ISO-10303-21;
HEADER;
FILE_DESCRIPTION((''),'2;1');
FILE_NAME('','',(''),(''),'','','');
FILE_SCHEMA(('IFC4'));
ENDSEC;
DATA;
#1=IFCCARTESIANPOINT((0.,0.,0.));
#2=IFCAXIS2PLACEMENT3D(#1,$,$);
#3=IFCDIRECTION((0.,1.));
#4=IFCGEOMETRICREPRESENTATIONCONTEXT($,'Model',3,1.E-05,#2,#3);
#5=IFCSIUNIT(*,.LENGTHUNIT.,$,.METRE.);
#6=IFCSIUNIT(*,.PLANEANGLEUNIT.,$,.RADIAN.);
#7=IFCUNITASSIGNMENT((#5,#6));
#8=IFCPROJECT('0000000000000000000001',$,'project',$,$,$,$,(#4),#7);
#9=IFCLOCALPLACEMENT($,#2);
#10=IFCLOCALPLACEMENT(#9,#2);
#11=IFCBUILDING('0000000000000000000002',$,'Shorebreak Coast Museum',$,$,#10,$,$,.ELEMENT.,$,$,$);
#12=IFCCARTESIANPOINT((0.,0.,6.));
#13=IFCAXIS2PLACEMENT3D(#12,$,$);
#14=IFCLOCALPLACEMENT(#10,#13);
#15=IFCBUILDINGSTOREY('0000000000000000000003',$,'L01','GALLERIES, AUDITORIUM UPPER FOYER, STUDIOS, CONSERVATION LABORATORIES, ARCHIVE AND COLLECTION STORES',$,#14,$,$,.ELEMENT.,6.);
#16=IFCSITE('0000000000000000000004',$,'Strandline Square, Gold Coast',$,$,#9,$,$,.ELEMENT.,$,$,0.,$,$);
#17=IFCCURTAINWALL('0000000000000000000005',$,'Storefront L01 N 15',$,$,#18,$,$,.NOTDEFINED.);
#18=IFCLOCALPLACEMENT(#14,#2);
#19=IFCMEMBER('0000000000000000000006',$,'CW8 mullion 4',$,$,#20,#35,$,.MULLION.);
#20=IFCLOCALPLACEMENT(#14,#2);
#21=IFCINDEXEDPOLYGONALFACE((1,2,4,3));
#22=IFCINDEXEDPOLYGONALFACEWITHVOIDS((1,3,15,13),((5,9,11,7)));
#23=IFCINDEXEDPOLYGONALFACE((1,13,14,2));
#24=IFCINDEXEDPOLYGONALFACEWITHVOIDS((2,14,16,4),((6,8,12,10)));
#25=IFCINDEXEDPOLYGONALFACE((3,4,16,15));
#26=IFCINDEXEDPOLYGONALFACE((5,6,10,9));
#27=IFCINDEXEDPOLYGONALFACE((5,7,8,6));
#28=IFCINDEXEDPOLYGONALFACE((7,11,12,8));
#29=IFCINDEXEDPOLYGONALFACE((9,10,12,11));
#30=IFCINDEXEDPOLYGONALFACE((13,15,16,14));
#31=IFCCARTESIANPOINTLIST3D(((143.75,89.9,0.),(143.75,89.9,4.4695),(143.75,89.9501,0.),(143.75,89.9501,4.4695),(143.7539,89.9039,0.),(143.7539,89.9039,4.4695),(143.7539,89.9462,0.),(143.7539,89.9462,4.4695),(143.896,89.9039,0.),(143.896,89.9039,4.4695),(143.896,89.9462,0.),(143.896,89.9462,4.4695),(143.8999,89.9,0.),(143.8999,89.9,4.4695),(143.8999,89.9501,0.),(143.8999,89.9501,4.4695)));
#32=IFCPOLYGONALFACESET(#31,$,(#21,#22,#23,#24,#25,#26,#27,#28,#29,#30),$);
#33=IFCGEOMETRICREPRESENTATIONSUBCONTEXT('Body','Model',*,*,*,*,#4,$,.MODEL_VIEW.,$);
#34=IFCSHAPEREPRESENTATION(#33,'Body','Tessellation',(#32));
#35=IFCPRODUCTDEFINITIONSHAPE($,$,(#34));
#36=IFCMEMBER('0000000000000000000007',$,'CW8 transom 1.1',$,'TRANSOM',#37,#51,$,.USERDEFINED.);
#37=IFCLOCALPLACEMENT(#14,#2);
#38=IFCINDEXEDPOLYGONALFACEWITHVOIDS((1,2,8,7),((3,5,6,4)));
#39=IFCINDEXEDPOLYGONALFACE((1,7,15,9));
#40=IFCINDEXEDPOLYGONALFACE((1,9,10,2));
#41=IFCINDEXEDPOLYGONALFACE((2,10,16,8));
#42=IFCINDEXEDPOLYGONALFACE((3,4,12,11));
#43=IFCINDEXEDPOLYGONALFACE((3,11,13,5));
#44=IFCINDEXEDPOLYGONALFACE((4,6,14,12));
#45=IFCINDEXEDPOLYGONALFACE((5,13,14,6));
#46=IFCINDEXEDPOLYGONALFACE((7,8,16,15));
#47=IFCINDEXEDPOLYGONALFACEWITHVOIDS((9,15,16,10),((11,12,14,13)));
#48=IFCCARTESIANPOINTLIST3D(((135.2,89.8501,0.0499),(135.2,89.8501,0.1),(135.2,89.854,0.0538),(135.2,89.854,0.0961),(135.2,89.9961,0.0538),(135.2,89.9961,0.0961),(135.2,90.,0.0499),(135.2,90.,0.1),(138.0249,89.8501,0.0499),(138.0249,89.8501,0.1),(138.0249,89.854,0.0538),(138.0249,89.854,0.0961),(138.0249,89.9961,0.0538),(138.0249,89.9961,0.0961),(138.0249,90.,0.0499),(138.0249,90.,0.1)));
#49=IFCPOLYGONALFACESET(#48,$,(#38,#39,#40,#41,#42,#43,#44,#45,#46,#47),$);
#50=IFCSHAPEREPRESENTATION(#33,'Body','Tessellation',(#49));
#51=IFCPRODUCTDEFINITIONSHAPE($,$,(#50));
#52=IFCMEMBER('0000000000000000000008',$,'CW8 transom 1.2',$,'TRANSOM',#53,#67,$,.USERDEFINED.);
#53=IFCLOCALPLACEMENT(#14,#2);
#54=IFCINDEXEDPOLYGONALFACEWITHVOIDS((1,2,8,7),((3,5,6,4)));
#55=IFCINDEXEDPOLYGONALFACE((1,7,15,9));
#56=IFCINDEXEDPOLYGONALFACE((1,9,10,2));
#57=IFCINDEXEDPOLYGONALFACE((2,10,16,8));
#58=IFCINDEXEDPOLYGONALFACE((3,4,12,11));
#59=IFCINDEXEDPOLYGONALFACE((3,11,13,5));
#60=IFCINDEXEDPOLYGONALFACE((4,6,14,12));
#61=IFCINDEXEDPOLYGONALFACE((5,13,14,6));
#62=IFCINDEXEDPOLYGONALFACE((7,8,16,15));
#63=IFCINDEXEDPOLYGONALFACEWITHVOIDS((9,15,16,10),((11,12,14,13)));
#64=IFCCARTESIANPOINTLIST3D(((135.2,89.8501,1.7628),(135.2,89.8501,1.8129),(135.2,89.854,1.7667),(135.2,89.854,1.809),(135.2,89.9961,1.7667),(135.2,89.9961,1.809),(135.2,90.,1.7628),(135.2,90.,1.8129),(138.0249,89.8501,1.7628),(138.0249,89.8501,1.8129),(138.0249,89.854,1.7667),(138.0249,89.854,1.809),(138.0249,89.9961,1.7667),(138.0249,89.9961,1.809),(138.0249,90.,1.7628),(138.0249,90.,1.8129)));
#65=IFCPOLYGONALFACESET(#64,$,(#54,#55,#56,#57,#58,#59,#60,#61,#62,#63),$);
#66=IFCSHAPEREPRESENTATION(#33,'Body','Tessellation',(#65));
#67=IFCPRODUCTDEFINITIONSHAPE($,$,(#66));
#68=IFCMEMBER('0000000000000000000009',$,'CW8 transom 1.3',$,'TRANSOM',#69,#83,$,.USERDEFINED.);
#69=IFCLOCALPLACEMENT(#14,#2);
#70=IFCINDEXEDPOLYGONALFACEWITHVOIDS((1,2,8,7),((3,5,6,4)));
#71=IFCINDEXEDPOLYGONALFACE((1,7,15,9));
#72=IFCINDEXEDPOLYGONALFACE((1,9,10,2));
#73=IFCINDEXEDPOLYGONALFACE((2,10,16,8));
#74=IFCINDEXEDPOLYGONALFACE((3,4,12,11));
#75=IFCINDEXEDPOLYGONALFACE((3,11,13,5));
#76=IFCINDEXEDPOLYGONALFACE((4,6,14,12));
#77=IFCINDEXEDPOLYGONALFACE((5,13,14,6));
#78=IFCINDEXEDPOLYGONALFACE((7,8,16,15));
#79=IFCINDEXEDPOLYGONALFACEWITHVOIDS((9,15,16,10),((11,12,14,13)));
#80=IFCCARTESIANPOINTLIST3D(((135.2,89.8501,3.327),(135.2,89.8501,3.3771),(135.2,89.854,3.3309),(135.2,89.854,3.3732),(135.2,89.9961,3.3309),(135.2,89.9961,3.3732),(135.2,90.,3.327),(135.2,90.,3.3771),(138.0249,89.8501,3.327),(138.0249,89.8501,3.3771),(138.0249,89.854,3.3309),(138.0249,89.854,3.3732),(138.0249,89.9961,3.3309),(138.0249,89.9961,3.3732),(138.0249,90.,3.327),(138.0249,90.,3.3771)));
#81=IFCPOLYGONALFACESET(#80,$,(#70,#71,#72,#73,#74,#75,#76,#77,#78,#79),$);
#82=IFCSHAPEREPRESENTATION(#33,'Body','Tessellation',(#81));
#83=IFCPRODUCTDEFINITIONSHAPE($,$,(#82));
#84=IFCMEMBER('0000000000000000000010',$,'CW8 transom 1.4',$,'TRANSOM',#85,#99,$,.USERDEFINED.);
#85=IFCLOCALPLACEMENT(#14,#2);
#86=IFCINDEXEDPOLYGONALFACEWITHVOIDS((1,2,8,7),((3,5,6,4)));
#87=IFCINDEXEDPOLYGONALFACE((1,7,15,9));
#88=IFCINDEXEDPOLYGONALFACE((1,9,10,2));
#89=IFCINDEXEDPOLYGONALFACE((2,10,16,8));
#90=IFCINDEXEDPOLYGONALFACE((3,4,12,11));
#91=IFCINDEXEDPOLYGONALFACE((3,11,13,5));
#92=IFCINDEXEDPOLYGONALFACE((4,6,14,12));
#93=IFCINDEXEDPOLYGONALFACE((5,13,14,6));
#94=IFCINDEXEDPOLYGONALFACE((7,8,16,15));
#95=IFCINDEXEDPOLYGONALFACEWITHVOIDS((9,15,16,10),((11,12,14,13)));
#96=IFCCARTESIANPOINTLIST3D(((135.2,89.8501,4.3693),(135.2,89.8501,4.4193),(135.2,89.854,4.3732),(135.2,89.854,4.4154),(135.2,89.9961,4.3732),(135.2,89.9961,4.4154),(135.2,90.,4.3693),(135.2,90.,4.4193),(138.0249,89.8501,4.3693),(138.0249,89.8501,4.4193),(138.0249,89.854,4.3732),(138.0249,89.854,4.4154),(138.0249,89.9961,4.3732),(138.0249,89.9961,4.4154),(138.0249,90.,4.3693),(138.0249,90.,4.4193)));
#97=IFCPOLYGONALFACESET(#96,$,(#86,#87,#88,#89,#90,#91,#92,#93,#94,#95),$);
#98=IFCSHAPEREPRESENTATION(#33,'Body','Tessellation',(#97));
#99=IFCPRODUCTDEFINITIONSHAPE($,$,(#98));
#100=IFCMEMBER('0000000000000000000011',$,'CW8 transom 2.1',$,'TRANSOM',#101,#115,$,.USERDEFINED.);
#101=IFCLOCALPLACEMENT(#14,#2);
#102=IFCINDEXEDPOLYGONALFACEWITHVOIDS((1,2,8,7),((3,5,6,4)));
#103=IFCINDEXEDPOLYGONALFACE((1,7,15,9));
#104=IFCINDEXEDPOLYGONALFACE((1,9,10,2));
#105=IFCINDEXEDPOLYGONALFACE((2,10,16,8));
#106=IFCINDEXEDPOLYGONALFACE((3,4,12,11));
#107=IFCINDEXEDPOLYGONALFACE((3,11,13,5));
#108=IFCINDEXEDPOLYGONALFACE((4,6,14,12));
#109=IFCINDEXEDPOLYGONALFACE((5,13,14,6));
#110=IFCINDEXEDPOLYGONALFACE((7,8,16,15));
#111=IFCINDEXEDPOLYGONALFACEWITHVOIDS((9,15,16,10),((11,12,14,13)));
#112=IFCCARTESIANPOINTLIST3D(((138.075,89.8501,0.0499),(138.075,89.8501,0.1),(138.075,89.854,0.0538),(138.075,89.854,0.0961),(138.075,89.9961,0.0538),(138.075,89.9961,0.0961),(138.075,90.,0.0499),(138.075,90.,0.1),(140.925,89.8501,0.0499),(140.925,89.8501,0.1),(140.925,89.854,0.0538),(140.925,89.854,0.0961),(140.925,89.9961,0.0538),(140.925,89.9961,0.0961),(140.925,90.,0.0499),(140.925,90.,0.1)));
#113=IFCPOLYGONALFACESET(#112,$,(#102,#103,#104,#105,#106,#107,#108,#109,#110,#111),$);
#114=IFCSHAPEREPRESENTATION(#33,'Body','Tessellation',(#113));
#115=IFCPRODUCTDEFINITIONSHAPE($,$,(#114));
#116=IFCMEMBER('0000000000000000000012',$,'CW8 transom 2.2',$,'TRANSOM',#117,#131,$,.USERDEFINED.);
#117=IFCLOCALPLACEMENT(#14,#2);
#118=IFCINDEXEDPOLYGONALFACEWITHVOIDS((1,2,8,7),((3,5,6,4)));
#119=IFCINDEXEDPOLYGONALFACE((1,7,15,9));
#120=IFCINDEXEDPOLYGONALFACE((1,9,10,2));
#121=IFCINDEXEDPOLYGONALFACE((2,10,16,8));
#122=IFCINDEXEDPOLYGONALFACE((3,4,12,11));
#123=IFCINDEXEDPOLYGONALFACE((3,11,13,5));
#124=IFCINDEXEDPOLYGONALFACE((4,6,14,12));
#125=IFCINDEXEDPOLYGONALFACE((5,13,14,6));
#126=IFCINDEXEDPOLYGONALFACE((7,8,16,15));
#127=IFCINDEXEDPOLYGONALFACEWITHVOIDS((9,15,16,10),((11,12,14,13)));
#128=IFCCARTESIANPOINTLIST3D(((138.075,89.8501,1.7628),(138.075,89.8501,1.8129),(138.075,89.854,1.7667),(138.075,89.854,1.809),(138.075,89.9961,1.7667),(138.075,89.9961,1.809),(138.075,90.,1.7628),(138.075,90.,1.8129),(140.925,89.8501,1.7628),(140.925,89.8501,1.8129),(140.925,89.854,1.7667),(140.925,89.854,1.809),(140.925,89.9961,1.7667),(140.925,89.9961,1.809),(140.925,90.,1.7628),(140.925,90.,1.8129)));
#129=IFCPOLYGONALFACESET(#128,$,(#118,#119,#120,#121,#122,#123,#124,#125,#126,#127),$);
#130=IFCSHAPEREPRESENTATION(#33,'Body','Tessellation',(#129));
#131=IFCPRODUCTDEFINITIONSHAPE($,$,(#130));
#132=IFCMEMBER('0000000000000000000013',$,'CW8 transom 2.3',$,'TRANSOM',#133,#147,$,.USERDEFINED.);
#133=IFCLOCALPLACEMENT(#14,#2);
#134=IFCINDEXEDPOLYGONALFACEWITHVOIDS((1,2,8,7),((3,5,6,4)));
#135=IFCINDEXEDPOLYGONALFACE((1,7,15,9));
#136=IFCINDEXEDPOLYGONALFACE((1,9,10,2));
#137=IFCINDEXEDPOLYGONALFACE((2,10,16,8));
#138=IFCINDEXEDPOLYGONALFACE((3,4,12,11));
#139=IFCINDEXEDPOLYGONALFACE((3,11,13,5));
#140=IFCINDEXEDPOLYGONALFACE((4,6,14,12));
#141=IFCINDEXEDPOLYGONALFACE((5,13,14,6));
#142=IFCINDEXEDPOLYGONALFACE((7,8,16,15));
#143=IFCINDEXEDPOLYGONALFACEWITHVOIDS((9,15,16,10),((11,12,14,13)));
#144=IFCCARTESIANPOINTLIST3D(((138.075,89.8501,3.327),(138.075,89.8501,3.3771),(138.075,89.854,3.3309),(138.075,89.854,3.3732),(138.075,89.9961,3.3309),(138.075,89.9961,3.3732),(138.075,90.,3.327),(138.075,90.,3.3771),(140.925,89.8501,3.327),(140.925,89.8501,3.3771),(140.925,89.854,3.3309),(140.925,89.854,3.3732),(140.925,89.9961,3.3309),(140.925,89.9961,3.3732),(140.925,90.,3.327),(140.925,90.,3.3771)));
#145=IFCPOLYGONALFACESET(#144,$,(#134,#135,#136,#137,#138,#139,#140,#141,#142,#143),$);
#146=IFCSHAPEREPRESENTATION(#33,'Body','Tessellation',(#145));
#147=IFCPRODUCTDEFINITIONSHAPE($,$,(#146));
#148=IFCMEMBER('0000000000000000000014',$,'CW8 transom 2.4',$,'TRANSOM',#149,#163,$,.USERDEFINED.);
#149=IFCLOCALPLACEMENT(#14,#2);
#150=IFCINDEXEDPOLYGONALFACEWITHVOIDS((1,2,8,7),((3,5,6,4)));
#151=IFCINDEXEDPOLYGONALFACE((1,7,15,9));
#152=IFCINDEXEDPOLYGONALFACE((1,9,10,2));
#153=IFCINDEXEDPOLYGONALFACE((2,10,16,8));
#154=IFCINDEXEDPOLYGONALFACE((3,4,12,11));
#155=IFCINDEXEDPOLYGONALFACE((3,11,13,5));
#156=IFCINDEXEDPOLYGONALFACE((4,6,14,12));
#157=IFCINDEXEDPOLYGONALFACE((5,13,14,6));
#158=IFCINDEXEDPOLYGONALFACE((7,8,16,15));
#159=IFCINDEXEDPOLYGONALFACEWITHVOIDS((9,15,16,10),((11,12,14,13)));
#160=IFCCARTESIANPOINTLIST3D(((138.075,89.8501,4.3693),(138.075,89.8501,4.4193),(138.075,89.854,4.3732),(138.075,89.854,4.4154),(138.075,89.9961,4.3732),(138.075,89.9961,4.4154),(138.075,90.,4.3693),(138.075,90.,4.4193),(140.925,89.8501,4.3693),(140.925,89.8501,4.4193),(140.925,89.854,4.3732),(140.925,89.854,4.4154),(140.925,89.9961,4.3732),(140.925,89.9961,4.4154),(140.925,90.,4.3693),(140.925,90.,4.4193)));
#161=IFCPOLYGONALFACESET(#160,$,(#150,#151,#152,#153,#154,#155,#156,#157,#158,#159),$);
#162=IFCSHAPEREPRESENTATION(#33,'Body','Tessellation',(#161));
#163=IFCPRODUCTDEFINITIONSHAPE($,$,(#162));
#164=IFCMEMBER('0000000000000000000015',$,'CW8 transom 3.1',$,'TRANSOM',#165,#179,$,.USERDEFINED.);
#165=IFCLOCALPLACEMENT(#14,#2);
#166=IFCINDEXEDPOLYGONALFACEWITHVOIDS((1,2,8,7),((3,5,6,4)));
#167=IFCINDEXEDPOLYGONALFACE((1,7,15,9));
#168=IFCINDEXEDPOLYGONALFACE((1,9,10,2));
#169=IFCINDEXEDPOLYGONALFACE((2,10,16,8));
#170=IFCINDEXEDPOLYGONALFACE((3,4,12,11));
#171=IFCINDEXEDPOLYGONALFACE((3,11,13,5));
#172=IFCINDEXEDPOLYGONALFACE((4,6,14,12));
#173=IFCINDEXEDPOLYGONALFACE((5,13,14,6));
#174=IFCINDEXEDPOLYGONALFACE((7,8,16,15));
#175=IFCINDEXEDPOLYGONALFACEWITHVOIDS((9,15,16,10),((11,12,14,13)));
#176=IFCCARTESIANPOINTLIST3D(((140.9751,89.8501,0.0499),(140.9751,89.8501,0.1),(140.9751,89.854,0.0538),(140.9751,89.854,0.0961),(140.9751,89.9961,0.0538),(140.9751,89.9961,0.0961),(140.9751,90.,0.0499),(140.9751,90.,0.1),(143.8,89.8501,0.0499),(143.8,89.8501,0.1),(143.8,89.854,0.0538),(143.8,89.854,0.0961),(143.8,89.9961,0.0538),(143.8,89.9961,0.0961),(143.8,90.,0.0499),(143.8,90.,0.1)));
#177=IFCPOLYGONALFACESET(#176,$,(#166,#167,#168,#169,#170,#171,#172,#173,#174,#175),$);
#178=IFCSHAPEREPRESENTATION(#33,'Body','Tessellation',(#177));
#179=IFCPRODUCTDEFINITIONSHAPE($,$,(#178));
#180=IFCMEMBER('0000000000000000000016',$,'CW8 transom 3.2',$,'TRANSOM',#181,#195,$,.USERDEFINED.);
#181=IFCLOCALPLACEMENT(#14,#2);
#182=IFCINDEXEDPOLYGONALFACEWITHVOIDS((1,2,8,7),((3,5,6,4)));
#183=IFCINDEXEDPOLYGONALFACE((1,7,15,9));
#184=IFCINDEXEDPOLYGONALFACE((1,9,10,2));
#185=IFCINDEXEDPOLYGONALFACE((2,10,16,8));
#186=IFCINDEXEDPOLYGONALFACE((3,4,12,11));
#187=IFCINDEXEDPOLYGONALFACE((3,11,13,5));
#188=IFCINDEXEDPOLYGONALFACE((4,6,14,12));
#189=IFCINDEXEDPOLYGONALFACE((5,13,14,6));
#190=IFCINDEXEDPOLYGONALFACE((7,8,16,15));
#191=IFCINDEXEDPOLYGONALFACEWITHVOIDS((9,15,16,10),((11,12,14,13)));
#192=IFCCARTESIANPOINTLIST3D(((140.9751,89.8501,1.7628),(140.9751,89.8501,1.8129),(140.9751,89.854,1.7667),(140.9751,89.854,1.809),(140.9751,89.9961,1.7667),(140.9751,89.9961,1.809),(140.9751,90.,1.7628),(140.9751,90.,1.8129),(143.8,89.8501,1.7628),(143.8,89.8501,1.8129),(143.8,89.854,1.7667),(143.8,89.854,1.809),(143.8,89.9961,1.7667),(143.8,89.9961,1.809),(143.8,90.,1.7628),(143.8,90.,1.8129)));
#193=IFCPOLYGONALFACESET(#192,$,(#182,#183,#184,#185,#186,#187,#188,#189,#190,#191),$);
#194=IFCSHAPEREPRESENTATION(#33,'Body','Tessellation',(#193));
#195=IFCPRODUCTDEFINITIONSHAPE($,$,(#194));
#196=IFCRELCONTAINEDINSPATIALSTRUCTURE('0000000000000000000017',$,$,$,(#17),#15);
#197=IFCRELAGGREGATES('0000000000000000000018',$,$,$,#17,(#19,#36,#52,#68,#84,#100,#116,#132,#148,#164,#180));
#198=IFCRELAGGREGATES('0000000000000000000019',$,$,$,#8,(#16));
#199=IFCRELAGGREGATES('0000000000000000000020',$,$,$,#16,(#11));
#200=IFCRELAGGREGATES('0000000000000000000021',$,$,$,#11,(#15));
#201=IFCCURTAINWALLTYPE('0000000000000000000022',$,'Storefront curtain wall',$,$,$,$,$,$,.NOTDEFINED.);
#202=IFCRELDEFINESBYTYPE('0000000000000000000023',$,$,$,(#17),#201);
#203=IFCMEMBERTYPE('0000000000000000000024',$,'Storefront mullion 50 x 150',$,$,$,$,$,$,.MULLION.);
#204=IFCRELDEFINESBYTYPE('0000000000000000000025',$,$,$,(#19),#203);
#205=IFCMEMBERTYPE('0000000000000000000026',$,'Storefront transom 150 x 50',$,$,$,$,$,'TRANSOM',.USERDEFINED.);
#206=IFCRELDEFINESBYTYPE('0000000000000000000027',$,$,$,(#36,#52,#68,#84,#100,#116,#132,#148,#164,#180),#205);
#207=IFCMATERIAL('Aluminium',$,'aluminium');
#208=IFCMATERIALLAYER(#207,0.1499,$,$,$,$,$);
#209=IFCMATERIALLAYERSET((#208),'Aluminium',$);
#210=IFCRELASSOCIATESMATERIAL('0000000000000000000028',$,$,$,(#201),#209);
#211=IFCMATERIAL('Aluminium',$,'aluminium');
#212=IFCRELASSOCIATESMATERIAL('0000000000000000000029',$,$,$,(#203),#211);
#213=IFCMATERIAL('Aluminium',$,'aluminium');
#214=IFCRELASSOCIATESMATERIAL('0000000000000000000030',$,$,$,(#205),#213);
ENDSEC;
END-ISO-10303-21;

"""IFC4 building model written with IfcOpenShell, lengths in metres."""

from ifc_helpers import new_model, si_unit, direction, frame, origin, origin_2d, place, context, subcontext, project, spatial, hollow_rectangle, extrude, material, layer, layer_set, material_profile, profile_set, type_object, element, aggregate, save


model = new_model("IFC4")

# Units and contexts
model_context = context("Model", 3, precision=1e-05, world=origin(), true_north=direction((0.0, 1.0)))
body_context = subcontext(model_context, "Body", "Model", "MODEL_VIEW")
ifc_project = project(units=[si_unit("LENGTHUNIT", "METRE"), si_unit("PLANEANGLEUNIT", "RADIAN")], contexts=[model_context])

# Site, building, storey
site_placement = place(None, origin())
site = spatial("IfcSite", under=ifc_project, at=site_placement, Name="Strandline Square, Gold Coast", CompositionType="ELEMENT", RefElevation=0.0)
building_placement = place(site_placement, origin())
building = spatial("IfcBuilding", under=site, at=building_placement, Name="Shorebreak Coast Museum", CompositionType="ELEMENT")
storey_placement = place(building_placement, frame((0.0, 0.0, 6.0)))
storey = spatial("IfcBuildingStorey", under=building, at=storey_placement, Name="L01", Description="GALLERIES, AUDITORIUM UPPER FOYER, STUDIOS, CONSERVATION LABORATORIES, ARCHIVE AND COLLECTION STORES", CompositionType="ELEMENT", Elevation=6.0)

# Curtain wall, members
ifc_material_1 = material(Name="Aluminium", Category="aluminium")
ifc_layer_1 = layer(ifc_material_1, 0.1499)
ifc_layer_set_1 = layer_set([ifc_layer_1], Name="Aluminium")
curtain_wall_type = type_object("IfcCurtainWallType", Name="Storefront curtain wall", PredefinedType="NOTDEFINED", material=ifc_layer_set_1)
curtain_wall_placement = place(storey_placement, origin())
curtain_wall = element("IfcCurtainWall", 1, at=curtain_wall_placement, inside=storey, type_object=curtain_wall_type, Name="Storefront L01 N 15", PredefinedType="NOTDEFINED")
ifc_material_2 = material(Name="Aluminium", Category="aluminium")
ifc_material_profile_1 = material_profile(ifc_material_2, hollow_rectangle(XDim=0.05, YDim=0.1499, WallThickness=0.0039, at=origin_2d()), Name="AL 150x50 RHS")
ifc_profile_set_1 = profile_set([ifc_material_profile_1], Name="Aluminium")
member_type_1 = type_object("IfcMemberType", Name="Storefront mullion 50 x 150", PredefinedType="MULLION", material=ifc_profile_set_1)
member_1_placement = place(storey_placement, frame((143.825, 89.925, 0.0), z_axis=(0.0, 0.0, 1.0), x_axis=(0.0, 1.0, 0.0)))
member_1 = element("IfcMember", 2, at=member_1_placement, type_object=member_type_1, Name="CW8 mullion 4", PredefinedType="MULLION", context=body_context, shape_type="SweptSolid", body=[
    extrude(hollow_rectangle(XDim=0.05, YDim=0.1499, WallThickness=0.0039, at=origin_2d()), origin(), (0.0, 0.0, 1.0), 4.4695),
])
ifc_material_3 = material(Name="Aluminium", Category="aluminium")
ifc_material_profile_2 = material_profile(ifc_material_3, hollow_rectangle(XDim=0.1499, YDim=0.05, WallThickness=0.0039, at=origin_2d()), Name="AL 50x150 RHS")
ifc_profile_set_2 = profile_set([ifc_material_profile_2], Name="Aluminium")
member_type_2 = type_object("IfcMemberType", Name="Storefront transom 150 x 50", ElementType="TRANSOM", PredefinedType="USERDEFINED", material=ifc_profile_set_2)
member_2_placement = place(storey_placement, frame((135.2, 89.925, 0.075), z_axis=(1.0, 0.0, 0.0), x_axis=(0.0, 1.0, 0.0)))
member_2 = element("IfcMember", 3, at=member_2_placement, type_object=member_type_2, Name="CW8 transom 1.1", ObjectType="TRANSOM", PredefinedType="USERDEFINED", context=body_context, shape_type="SweptSolid", body=[
    extrude(hollow_rectangle(XDim=0.1499, YDim=0.05, WallThickness=0.0039, at=origin_2d()), origin(), (0.0, 0.0, 1.0), 2.825),
])
member_3_placement = place(storey_placement, frame((135.2, 89.925, 1.7878), z_axis=(1.0, 0.0, 0.0), x_axis=(0.0, 1.0, 0.0)))
member_3 = element("IfcMember", 4, at=member_3_placement, type_object=member_type_2, Name="CW8 transom 1.2", ObjectType="TRANSOM", PredefinedType="USERDEFINED", context=body_context, shape_type="SweptSolid", body=[
    extrude(hollow_rectangle(XDim=0.1499, YDim=0.05, WallThickness=0.0039, at=origin_2d()), origin(), (0.0, 0.0, 1.0), 2.825),
])
member_4_placement = place(storey_placement, frame((135.2, 89.925, 3.3521), z_axis=(1.0, 0.0, 0.0), x_axis=(0.0, 1.0, 0.0)))
member_4 = element("IfcMember", 5, at=member_4_placement, type_object=member_type_2, Name="CW8 transom 1.3", ObjectType="TRANSOM", PredefinedType="USERDEFINED", context=body_context, shape_type="SweptSolid", body=[
    extrude(hollow_rectangle(XDim=0.1499, YDim=0.05, WallThickness=0.0039, at=origin_2d()), origin(), (0.0, 0.0, 1.0), 2.825),
])
member_5_placement = place(storey_placement, frame((135.2, 89.925, 4.3943), z_axis=(1.0, 0.0, 0.0), x_axis=(0.0, 1.0, 0.0)))
member_5 = element("IfcMember", 6, at=member_5_placement, type_object=member_type_2, Name="CW8 transom 1.4", ObjectType="TRANSOM", PredefinedType="USERDEFINED", context=body_context, shape_type="SweptSolid", body=[
    extrude(hollow_rectangle(XDim=0.1499, YDim=0.05, WallThickness=0.0039, at=origin_2d()), origin(), (0.0, 0.0, 1.0), 2.825),
])
member_6_placement = place(storey_placement, frame((138.075, 89.925, 0.075), z_axis=(1.0, 0.0, 0.0), x_axis=(0.0, 1.0, 0.0)))
member_6 = element("IfcMember", 7, at=member_6_placement, type_object=member_type_2, Name="CW8 transom 2.1", ObjectType="TRANSOM", PredefinedType="USERDEFINED", context=body_context, shape_type="SweptSolid", body=[
    extrude(hollow_rectangle(XDim=0.1499, YDim=0.05, WallThickness=0.0039, at=origin_2d()), origin(), (0.0, 0.0, 1.0), 2.8501),
])
member_7_placement = place(storey_placement, frame((138.075, 89.925, 1.7878), z_axis=(1.0, 0.0, 0.0), x_axis=(0.0, 1.0, 0.0)))
member_7 = element("IfcMember", 8, at=member_7_placement, type_object=member_type_2, Name="CW8 transom 2.2", ObjectType="TRANSOM", PredefinedType="USERDEFINED", context=body_context, shape_type="SweptSolid", body=[
    extrude(hollow_rectangle(XDim=0.1499, YDim=0.05, WallThickness=0.0039, at=origin_2d()), origin(), (0.0, 0.0, 1.0), 2.8501),
])
member_8_placement = place(storey_placement, frame((138.075, 89.925, 3.3521), z_axis=(1.0, 0.0, 0.0), x_axis=(0.0, 1.0, 0.0)))
member_8 = element("IfcMember", 9, at=member_8_placement, type_object=member_type_2, Name="CW8 transom 2.3", ObjectType="TRANSOM", PredefinedType="USERDEFINED", context=body_context, shape_type="SweptSolid", body=[
    extrude(hollow_rectangle(XDim=0.1499, YDim=0.05, WallThickness=0.0039, at=origin_2d()), origin(), (0.0, 0.0, 1.0), 2.8501),
])
member_9_placement = place(storey_placement, frame((138.075, 89.925, 4.3943), z_axis=(1.0, 0.0, 0.0), x_axis=(0.0, 1.0, 0.0)))
member_9 = element("IfcMember", 10, at=member_9_placement, type_object=member_type_2, Name="CW8 transom 2.4", ObjectType="TRANSOM", PredefinedType="USERDEFINED", context=body_context, shape_type="SweptSolid", body=[
    extrude(hollow_rectangle(XDim=0.1499, YDim=0.05, WallThickness=0.0039, at=origin_2d()), origin(), (0.0, 0.0, 1.0), 2.8501),
])
member_10_placement = place(storey_placement, frame((140.9751, 89.925, 0.075), z_axis=(1.0, 0.0, 0.0), x_axis=(0.0, 1.0, 0.0)))
member_10 = element("IfcMember", 11, at=member_10_placement, type_object=member_type_2, Name="CW8 transom 3.1", ObjectType="TRANSOM", PredefinedType="USERDEFINED", context=body_context, shape_type="SweptSolid", body=[
    extrude(hollow_rectangle(XDim=0.1499, YDim=0.05, WallThickness=0.0039, at=origin_2d()), origin(), (0.0, 0.0, 1.0), 2.825),
])
member_11_placement = place(storey_placement, frame((140.9751, 89.925, 1.7878), z_axis=(1.0, 0.0, 0.0), x_axis=(0.0, 1.0, 0.0)))
member_11 = element("IfcMember", 12, at=member_11_placement, type_object=member_type_2, Name="CW8 transom 3.2", ObjectType="TRANSOM", PredefinedType="USERDEFINED", context=body_context, shape_type="SweptSolid", body=[
    extrude(hollow_rectangle(XDim=0.1499, YDim=0.05, WallThickness=0.0039, at=origin_2d()), origin(), (0.0, 0.0, 1.0), 2.825),
])
aggregate(curtain_wall, [member_1, member_2, member_3, member_4, member_5, member_6, member_7, member_8, member_9, member_10, member_11])

save(model, "model.ifc")
